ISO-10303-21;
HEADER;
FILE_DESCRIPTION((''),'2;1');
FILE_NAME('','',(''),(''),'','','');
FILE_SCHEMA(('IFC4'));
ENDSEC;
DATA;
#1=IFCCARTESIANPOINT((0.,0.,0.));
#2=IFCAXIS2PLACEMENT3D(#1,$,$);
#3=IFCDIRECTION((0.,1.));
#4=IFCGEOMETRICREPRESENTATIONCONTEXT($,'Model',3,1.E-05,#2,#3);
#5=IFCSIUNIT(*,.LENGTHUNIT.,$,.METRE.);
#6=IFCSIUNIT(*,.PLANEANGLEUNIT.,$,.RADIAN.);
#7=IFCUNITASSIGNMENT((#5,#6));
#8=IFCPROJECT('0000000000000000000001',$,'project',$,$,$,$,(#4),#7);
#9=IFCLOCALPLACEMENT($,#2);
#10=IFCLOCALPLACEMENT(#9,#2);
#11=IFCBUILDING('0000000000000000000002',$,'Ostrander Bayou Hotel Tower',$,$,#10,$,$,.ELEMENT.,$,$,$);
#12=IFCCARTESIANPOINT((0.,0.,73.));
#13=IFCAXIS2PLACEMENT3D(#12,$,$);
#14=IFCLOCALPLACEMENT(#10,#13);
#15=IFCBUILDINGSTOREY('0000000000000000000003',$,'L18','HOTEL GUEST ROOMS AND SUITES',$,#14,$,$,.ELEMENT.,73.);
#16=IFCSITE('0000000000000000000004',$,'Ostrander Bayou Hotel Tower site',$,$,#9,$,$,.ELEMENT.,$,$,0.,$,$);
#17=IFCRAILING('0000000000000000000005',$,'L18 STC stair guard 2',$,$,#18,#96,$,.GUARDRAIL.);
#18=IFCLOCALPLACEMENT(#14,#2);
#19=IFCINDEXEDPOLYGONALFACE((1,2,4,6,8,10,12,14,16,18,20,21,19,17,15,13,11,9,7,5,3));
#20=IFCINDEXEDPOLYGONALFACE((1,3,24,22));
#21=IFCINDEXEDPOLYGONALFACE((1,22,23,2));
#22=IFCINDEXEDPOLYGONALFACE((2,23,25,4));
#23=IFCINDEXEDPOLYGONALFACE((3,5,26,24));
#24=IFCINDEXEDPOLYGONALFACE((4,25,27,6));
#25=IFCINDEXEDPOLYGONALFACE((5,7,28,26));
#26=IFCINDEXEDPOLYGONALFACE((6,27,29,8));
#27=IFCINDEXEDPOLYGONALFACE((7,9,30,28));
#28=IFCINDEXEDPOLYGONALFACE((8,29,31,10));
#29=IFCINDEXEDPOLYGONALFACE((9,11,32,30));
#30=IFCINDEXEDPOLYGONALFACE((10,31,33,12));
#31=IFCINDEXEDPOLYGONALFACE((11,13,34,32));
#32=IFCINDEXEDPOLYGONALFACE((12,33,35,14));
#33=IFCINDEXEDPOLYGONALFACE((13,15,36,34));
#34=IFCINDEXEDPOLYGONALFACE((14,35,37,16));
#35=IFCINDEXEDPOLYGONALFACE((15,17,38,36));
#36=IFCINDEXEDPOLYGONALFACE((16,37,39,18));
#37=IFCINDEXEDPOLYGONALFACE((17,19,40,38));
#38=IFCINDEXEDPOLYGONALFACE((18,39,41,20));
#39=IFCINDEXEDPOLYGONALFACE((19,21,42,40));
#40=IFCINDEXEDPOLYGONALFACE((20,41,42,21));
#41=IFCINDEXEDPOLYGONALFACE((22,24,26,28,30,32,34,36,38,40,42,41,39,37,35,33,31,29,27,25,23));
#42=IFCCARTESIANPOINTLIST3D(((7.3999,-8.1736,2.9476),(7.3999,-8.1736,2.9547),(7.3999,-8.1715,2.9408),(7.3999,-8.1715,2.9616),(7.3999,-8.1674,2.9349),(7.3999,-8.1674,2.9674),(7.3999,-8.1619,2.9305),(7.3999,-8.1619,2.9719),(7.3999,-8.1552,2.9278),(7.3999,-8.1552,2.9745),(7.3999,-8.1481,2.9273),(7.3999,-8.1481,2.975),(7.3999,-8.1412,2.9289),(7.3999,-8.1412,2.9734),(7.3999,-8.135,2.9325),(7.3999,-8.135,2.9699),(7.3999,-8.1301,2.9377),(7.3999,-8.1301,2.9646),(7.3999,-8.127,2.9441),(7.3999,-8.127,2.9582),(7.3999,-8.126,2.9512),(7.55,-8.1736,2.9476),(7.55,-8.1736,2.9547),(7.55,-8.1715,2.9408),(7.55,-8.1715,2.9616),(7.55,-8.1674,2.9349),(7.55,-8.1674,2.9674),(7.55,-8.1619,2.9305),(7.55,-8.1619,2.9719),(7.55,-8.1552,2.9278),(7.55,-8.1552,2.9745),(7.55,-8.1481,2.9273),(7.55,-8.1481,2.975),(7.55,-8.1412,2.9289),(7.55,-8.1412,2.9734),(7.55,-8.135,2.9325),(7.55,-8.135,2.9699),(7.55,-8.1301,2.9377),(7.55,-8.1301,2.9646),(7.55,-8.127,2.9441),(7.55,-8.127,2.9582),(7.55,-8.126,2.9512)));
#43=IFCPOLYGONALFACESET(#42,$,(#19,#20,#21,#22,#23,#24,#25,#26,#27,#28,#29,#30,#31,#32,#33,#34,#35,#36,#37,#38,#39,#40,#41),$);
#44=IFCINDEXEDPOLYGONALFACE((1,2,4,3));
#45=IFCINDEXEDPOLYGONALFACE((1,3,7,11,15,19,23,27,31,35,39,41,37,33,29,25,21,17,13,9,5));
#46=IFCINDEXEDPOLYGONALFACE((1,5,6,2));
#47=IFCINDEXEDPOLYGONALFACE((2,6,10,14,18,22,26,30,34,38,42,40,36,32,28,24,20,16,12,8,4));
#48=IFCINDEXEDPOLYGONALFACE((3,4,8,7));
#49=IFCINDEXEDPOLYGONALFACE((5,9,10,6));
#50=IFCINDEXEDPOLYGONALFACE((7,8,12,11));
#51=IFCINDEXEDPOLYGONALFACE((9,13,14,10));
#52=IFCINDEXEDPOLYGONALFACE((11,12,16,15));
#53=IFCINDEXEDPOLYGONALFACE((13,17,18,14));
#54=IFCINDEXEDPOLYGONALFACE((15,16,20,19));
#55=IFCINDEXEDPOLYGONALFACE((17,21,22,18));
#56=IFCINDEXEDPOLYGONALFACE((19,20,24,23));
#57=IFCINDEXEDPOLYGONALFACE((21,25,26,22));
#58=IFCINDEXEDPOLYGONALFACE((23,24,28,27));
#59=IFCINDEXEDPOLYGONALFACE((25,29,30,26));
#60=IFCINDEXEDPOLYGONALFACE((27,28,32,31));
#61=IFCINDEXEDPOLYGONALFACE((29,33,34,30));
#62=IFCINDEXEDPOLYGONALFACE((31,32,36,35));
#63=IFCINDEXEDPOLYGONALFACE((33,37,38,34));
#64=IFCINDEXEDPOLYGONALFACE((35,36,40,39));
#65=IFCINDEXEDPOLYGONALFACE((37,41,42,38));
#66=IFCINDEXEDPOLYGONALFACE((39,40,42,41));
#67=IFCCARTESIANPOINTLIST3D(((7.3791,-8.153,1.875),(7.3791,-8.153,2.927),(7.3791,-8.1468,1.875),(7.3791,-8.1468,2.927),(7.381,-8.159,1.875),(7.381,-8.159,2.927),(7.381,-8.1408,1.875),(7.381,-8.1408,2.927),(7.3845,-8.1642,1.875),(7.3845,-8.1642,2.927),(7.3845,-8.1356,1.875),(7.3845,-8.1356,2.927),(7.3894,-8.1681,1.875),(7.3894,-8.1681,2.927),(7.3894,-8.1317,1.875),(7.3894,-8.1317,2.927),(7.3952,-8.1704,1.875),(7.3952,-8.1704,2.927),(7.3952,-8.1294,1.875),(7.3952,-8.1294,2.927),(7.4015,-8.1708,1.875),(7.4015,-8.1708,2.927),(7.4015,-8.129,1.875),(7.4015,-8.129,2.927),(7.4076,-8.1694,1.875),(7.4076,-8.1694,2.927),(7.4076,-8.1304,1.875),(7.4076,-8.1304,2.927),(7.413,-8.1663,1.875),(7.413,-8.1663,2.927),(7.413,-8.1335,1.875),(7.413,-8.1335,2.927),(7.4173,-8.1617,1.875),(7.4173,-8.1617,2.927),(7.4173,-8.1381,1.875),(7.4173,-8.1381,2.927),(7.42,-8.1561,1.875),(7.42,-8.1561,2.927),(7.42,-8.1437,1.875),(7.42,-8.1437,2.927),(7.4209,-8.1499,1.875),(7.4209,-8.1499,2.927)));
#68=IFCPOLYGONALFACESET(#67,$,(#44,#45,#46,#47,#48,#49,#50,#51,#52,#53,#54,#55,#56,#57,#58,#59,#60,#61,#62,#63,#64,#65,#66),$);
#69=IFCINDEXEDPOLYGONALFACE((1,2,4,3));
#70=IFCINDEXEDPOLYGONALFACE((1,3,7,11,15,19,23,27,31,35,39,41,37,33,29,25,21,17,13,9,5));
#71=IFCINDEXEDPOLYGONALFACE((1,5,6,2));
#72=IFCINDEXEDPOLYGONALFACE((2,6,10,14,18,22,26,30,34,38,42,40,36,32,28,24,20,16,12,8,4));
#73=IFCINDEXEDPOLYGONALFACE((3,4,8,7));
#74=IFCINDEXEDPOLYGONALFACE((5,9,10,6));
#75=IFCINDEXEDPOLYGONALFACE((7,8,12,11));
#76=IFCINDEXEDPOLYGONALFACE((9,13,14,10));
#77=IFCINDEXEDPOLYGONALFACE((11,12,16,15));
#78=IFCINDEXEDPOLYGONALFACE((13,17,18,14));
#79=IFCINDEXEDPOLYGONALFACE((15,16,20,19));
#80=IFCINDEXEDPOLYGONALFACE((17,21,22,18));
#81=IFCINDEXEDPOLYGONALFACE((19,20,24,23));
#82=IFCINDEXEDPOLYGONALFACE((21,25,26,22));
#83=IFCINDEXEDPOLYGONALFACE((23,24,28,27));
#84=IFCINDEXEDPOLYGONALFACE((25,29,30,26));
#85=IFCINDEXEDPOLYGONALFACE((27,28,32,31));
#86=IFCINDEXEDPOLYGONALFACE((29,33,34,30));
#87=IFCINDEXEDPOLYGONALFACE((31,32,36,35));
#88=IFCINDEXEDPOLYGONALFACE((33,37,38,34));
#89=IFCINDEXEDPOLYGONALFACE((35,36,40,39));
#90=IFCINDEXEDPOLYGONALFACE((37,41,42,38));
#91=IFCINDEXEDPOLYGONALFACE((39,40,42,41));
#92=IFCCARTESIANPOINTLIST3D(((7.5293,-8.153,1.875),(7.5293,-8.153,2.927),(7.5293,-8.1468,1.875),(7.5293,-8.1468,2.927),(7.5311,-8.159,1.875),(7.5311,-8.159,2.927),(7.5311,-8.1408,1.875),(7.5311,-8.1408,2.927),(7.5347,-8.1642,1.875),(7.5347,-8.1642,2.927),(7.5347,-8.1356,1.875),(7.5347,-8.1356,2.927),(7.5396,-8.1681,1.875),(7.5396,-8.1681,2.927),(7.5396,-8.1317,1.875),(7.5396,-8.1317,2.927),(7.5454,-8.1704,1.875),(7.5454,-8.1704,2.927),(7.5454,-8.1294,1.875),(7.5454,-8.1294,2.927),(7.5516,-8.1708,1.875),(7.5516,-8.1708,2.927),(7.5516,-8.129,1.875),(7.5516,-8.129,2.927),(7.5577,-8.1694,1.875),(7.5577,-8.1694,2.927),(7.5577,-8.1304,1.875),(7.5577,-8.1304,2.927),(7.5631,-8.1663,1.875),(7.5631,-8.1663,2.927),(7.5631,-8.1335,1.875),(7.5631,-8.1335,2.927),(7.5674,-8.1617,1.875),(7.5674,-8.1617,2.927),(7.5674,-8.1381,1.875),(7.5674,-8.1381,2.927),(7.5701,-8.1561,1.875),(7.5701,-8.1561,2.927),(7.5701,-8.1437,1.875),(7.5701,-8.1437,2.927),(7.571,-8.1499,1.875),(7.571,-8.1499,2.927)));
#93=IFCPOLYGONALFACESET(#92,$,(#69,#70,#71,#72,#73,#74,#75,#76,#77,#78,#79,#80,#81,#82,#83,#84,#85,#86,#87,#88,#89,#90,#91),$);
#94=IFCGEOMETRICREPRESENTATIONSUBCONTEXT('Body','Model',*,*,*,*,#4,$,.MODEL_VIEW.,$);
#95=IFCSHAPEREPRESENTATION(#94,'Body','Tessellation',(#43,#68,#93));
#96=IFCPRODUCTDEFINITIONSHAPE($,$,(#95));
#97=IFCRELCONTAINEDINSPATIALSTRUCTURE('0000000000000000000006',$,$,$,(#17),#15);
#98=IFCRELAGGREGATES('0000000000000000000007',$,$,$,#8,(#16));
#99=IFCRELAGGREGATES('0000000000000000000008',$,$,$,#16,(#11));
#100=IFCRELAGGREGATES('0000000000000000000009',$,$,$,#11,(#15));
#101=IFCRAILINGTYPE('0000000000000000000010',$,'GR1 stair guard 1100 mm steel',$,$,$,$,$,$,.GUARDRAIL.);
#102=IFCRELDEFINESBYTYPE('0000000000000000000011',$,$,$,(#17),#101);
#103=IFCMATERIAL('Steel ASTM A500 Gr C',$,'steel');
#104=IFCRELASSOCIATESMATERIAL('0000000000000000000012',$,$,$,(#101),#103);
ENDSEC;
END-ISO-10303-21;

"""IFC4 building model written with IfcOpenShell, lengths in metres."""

from ifc_helpers import new_model, si_unit, direction, frame, origin, origin_2d, place, context, subcontext, project, spatial, circle, extrude, material, type_object, element, save


model = new_model("IFC4")

# Units and contexts
model_context = context("Model", 3, precision=1e-05, world=origin(), true_north=direction((0.0, 1.0)))
body_context = subcontext(model_context, "Body", "Model", "MODEL_VIEW")
ifc_project = project(units=[si_unit("LENGTHUNIT", "METRE"), si_unit("PLANEANGLEUNIT", "RADIAN")], contexts=[model_context])

# Site, building, storey
site_placement = place(None, origin())
site = spatial("IfcSite", under=ifc_project, at=site_placement, Name="Ostrander Bayou Hotel Tower site", CompositionType="ELEMENT", RefElevation=0.0)
building_placement = place(site_placement, origin())
building = spatial("IfcBuilding", under=site, at=building_placement, Name="Ostrander Bayou Hotel Tower", CompositionType="ELEMENT")
storey_placement = place(building_placement, frame((0.0, 0.0, 73.0)))
storey = spatial("IfcBuildingStorey", under=building, at=storey_placement, Name="L18", Description="HOTEL GUEST ROOMS AND SUITES", CompositionType="ELEMENT", Elevation=73.0)

# Railing
ifc_material_1 = material(Name="Steel ASTM A500 Gr C", Category="steel")
railing_type_1 = type_object("IfcRailingType", Name="GR1 stair guard 1100 mm steel", PredefinedType="GUARDRAIL", material=ifc_material_1)
railing_1_placement = place(storey_placement, frame((7.3999, -8.1499, 1.875)))
element("IfcRailing", 1, at=railing_1_placement, inside=storey, type_object=railing_type_1, Name="L18 STC stair guard 2", PredefinedType="GUARDRAIL", context=body_context, shape_type="SweptSolid", body=[
    extrude(circle(Radius=0.0239, at=origin_2d()), frame((0.0, 0.0, 1.0762), z_axis=(1.0, 0.0, 0.0), x_axis=(0.0, 1.0, 0.0)), (0.0, 0.0, 1.0), 0.1501),
    extrude(circle(Radius=0.021, at=origin_2d()), origin(), (0.0, 0.0, 1.0), 1.052),
    extrude(circle(Radius=0.021, at=origin_2d()), frame((0.1501, 0.0, 0.0)), (0.0, 0.0, 1.0), 1.052),
])

save(model, "model.ifc")
